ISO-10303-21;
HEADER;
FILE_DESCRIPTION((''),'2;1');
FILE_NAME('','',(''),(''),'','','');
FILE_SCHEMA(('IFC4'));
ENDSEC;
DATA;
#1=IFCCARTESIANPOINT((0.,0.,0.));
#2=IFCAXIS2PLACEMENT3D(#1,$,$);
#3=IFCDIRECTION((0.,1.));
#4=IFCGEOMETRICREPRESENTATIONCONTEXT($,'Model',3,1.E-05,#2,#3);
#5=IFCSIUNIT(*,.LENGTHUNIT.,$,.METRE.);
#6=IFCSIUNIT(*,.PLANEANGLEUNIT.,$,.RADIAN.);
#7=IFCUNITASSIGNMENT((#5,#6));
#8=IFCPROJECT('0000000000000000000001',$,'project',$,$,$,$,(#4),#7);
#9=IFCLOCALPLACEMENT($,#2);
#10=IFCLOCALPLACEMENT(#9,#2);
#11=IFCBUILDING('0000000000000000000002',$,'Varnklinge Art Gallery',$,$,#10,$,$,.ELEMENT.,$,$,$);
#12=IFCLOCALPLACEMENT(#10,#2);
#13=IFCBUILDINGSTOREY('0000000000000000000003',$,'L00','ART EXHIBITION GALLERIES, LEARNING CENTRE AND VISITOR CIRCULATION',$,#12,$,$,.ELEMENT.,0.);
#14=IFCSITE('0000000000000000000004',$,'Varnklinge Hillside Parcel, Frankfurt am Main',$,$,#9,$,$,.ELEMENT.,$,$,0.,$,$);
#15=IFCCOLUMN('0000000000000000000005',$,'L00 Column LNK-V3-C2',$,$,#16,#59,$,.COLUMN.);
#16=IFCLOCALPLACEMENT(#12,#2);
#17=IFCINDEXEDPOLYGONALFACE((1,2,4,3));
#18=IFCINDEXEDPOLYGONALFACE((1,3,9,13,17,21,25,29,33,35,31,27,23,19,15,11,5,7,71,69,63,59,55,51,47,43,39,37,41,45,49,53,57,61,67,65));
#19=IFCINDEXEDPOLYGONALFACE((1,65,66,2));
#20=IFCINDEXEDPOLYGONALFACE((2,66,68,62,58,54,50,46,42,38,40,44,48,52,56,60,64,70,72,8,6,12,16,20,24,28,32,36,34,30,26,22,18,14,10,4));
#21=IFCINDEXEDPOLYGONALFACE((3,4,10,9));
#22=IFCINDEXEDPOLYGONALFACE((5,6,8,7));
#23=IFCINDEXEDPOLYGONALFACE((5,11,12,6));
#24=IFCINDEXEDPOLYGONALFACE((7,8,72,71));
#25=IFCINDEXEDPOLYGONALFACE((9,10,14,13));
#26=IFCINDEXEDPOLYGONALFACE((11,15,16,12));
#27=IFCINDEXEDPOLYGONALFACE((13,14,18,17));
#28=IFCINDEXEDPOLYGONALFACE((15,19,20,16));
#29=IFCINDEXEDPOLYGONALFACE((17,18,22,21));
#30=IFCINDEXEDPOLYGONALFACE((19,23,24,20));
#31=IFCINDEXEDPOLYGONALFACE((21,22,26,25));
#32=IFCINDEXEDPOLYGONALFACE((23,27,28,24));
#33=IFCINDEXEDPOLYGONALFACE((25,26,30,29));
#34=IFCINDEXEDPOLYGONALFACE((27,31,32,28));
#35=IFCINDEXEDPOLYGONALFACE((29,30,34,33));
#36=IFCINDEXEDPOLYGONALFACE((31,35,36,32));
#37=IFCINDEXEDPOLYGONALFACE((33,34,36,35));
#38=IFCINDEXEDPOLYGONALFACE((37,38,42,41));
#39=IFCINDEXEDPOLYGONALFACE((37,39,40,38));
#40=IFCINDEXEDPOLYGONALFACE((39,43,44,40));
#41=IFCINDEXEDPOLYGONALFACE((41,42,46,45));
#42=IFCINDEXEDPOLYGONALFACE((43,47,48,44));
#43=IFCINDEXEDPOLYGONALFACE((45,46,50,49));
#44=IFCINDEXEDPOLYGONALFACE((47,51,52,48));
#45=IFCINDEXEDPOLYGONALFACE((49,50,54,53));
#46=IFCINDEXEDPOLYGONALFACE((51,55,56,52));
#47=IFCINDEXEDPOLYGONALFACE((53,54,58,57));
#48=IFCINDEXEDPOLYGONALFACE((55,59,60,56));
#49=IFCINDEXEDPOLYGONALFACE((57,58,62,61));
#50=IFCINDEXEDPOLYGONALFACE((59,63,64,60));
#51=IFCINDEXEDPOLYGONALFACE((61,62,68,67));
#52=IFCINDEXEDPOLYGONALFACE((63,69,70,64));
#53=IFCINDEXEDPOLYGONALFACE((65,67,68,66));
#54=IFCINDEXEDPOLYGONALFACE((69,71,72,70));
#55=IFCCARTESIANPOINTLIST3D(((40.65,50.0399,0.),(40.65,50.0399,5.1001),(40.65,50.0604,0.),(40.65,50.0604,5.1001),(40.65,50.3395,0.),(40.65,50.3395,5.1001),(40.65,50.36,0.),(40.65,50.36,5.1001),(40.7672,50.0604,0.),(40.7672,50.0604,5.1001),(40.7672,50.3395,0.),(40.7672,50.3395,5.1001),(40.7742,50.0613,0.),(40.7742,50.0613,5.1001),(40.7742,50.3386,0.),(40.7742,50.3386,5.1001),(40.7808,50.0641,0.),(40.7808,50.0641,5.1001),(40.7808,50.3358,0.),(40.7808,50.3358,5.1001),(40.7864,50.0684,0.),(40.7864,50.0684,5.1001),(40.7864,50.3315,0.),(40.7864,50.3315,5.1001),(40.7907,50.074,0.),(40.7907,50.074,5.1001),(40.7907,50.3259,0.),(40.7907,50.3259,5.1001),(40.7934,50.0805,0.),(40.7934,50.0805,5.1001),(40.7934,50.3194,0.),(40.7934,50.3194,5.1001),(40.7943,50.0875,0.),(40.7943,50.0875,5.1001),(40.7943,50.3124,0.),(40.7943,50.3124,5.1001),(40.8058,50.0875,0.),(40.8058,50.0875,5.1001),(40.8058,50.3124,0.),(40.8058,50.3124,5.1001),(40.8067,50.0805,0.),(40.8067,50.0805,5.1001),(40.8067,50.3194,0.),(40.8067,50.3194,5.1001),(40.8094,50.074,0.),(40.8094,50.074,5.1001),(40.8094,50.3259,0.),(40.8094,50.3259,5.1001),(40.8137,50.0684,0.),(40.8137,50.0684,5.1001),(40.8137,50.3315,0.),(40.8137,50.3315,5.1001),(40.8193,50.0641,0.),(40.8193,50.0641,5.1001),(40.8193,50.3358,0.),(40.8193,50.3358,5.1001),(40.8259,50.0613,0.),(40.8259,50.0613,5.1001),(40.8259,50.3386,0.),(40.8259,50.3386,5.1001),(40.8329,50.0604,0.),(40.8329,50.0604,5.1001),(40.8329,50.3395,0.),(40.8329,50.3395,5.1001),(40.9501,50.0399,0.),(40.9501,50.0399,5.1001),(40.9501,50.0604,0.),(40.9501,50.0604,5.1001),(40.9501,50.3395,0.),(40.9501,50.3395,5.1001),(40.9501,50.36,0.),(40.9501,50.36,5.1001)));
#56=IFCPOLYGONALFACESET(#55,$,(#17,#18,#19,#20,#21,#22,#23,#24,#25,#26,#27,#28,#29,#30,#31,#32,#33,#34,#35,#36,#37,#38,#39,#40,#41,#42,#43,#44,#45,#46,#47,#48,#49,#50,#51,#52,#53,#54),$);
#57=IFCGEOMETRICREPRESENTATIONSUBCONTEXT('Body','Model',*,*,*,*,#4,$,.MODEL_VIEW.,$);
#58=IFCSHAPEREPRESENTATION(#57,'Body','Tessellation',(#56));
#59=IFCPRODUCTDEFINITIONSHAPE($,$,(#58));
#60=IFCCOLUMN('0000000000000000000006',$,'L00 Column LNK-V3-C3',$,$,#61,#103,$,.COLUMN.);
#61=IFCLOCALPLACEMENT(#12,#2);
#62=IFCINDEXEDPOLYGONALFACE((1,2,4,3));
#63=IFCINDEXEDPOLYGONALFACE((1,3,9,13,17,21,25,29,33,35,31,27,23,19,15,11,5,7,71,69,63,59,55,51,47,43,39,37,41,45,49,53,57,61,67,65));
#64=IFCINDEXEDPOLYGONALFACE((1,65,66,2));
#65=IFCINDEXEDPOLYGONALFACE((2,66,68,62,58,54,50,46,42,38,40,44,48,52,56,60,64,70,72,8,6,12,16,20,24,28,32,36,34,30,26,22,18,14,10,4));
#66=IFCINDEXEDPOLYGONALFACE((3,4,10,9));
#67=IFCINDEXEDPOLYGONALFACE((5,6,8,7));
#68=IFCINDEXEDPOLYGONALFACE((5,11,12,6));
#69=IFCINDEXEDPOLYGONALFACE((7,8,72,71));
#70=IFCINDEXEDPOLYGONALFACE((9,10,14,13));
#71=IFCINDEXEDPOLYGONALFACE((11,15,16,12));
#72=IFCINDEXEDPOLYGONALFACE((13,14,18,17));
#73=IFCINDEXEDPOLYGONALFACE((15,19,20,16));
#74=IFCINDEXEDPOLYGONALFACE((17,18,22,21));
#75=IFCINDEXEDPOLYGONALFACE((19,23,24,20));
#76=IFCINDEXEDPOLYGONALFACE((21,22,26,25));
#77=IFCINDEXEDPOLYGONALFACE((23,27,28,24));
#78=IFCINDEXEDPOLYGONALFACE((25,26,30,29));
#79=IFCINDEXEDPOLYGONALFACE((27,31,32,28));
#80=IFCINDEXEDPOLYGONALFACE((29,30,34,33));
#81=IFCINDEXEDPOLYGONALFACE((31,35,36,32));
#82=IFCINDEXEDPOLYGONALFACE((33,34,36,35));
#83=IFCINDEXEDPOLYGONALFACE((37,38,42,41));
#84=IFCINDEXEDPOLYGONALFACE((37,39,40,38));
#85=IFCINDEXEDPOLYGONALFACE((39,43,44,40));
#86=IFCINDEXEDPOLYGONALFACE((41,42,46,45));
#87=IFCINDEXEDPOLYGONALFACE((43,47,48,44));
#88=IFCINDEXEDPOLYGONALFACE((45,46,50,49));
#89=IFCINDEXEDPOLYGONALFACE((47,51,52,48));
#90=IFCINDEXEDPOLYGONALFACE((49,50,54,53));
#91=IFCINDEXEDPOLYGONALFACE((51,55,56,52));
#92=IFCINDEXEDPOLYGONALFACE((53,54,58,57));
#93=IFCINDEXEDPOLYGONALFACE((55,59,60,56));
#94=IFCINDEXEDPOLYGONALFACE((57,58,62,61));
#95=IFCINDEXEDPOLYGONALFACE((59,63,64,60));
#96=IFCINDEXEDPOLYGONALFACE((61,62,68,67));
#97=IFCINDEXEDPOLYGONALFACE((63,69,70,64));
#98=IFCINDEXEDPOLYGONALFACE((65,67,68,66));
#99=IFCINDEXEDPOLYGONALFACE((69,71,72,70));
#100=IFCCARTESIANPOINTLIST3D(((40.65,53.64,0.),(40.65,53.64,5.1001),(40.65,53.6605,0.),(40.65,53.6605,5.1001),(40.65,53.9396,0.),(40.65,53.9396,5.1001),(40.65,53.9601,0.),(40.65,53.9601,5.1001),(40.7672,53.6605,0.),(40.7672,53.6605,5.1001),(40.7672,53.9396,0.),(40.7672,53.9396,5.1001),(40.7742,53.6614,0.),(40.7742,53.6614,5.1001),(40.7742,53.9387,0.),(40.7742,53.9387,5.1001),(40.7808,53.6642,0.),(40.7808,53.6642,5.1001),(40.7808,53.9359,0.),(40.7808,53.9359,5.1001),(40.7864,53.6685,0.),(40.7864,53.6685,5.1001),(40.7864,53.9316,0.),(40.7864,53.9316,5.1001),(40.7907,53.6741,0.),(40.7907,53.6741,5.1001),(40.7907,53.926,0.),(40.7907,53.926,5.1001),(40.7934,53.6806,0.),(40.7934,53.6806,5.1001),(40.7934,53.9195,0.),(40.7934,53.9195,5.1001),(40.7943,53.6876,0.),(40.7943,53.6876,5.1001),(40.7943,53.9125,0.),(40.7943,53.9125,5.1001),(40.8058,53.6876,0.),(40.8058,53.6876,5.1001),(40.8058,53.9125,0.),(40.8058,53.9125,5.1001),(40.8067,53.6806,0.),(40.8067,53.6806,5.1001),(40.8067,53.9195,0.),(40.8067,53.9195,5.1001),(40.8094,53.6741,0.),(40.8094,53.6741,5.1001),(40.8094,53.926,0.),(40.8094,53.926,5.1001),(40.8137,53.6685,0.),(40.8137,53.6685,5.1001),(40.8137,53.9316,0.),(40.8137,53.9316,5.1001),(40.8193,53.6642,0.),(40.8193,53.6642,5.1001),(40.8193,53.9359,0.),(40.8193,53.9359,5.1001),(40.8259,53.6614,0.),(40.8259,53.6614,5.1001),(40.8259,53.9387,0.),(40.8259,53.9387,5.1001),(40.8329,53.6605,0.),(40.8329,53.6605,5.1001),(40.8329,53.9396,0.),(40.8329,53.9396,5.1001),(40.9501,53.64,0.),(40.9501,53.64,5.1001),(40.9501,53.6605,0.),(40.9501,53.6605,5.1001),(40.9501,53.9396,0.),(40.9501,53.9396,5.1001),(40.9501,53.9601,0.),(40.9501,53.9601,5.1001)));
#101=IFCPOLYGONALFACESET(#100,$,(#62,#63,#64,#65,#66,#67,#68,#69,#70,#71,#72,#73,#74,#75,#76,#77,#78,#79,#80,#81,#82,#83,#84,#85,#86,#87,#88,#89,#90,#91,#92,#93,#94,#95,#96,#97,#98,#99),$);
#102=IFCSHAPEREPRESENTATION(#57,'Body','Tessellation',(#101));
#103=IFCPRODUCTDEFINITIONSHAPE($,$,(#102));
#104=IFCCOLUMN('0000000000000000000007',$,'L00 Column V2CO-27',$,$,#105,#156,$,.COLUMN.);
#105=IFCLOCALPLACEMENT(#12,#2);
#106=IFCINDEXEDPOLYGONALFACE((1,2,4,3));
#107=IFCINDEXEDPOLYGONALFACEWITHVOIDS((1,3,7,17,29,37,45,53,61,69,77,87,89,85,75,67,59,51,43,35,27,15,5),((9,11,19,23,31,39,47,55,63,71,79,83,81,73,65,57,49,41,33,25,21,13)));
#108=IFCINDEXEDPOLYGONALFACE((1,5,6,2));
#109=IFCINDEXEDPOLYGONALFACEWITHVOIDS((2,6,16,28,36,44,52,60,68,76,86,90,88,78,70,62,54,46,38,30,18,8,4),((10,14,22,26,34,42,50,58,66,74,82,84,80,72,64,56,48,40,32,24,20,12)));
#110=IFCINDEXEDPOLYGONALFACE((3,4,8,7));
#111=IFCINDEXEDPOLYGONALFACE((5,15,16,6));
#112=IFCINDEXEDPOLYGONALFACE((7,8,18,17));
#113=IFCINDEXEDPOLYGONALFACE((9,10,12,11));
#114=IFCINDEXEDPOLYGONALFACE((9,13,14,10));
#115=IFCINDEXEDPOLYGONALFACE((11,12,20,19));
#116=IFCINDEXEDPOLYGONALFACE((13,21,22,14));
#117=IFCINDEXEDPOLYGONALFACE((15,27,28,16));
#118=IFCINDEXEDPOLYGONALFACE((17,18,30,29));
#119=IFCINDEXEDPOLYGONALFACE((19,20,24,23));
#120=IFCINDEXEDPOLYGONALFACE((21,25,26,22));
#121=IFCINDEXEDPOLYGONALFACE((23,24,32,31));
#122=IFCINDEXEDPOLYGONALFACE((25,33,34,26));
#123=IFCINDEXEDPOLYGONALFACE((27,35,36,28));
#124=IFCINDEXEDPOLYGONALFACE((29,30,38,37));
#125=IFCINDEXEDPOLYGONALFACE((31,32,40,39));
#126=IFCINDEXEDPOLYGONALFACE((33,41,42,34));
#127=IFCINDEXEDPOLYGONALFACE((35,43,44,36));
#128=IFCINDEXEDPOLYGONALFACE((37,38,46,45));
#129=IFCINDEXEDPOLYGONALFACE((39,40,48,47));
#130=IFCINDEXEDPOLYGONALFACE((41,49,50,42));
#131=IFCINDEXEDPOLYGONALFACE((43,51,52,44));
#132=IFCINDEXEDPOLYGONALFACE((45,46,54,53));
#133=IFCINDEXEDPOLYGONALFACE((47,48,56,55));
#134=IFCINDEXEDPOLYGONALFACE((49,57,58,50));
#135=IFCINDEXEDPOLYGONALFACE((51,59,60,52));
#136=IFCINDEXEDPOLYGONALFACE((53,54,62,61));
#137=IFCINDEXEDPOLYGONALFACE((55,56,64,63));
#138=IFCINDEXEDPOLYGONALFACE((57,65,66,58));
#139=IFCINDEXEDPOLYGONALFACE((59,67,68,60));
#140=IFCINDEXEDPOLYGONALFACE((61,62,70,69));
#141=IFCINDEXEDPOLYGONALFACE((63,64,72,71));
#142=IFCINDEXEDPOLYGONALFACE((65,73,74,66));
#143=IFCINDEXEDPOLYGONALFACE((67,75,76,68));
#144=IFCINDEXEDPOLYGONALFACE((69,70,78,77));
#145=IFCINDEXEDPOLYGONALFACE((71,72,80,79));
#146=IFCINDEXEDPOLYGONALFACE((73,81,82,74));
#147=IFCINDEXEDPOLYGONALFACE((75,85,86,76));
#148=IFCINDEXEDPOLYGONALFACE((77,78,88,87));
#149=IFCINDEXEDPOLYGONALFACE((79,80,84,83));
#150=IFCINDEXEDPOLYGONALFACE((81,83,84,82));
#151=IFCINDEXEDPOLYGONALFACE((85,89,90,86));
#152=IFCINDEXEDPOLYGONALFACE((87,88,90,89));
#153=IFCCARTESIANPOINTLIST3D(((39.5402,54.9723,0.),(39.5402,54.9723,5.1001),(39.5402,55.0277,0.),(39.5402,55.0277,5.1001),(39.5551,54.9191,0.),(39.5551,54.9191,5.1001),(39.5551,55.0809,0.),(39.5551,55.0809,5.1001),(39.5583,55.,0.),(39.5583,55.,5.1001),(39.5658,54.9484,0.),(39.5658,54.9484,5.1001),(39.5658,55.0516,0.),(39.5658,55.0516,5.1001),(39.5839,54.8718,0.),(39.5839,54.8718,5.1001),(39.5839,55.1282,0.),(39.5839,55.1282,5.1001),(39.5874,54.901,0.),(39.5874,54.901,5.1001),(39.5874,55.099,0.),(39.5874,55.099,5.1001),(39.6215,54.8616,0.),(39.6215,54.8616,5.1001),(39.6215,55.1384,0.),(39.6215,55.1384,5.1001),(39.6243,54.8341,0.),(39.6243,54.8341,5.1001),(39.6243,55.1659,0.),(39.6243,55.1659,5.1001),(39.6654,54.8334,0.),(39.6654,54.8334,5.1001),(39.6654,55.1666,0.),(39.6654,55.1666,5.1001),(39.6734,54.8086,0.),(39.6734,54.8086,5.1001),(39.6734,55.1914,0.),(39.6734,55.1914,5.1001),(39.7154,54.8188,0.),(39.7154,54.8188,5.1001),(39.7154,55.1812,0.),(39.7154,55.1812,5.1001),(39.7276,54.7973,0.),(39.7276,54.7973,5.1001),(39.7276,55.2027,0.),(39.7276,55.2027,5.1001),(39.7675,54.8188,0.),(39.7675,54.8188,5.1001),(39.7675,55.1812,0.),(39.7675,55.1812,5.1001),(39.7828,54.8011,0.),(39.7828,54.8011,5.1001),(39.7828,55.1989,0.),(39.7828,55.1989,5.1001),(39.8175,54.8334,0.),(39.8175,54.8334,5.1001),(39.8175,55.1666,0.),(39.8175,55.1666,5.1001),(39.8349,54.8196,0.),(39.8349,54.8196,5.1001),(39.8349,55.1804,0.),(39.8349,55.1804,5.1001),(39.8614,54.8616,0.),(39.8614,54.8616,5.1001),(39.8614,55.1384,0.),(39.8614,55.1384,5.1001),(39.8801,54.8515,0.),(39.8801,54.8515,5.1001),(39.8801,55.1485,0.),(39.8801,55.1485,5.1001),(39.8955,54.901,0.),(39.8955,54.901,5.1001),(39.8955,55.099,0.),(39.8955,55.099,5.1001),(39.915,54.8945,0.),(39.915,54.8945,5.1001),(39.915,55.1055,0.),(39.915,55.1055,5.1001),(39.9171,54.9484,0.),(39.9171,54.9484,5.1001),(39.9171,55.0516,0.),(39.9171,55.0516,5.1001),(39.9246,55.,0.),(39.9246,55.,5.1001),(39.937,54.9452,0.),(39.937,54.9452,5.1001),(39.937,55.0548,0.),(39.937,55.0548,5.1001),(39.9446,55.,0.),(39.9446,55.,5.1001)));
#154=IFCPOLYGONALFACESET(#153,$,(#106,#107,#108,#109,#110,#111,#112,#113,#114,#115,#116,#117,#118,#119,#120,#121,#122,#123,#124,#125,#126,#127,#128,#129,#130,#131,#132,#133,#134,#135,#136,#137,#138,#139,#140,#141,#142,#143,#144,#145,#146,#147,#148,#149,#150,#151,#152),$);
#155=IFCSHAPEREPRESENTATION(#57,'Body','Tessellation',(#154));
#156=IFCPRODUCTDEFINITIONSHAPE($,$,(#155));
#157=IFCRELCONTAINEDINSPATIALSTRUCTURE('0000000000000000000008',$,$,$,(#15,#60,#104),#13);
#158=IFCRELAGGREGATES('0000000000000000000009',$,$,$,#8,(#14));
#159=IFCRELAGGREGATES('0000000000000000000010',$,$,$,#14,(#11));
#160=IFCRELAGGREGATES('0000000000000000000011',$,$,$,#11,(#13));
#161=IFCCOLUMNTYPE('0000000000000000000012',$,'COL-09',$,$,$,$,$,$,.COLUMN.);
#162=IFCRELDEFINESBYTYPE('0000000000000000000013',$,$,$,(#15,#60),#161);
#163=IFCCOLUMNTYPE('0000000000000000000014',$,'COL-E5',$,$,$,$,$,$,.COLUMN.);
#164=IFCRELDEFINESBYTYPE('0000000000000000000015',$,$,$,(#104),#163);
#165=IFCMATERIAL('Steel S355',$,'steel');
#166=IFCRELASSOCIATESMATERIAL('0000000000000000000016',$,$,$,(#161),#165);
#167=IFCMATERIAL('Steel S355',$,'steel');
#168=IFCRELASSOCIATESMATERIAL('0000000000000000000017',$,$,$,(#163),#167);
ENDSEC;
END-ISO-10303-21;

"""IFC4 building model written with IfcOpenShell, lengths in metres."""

from ifc_helpers import new_model, si_unit, direction, frame, origin, origin_2d, place, context, subcontext, project, spatial, hollow_circle, i_section, extrude, material, material_profile, profile_set, type_object, element, save


model = new_model("IFC4")

# Units and contexts
model_context = context("Model", 3, precision=1e-05, world=origin(), true_north=direction((0.0, 1.0)))
body_context = subcontext(model_context, "Body", "Model", "MODEL_VIEW")
ifc_project = project(units=[si_unit("LENGTHUNIT", "METRE"), si_unit("PLANEANGLEUNIT", "RADIAN")], contexts=[model_context])

# Site, building, storey
site_placement = place(None, origin())
site = spatial("IfcSite", under=ifc_project, at=site_placement, Name="Varnklinge Hillside Parcel, Frankfurt am Main", CompositionType="ELEMENT", RefElevation=0.0)
building_placement = place(site_placement, origin())
building = spatial("IfcBuilding", under=site, at=building_placement, Name="Varnklinge Art Gallery", CompositionType="ELEMENT")
storey_placement = place(building_placement, origin())
storey = spatial("IfcBuildingStorey", under=building, at=storey_placement, Name="L00", Description="ART EXHIBITION GALLERIES, LEARNING CENTRE AND VISITOR CIRCULATION", CompositionType="ELEMENT", Elevation=0.0)

# Columns
ifc_material_1 = material(Name="Steel S355", Category="steel")
ifc_material_profile_1 = material_profile(ifc_material_1, i_section(OverallWidth=0.3, OverallDepth=0.3201, WebThickness=0.0115, FlangeThickness=0.0205, FilletRadius=0.0271, at=origin_2d()), Name="HEB 320")
ifc_profile_set_1 = profile_set([ifc_material_profile_1], Name="Steel S355")
column_type_1 = type_object("IfcColumnType", Name="COL-09", PredefinedType="COLUMN", material=ifc_profile_set_1)
for number, where, z_axis, x_axis, name in (
    (1, (40.8, 50.2, 0.0), (0.0, 0.0, 1.0), (1.0, 0.0, 0.0), "L00 Column LNK-V3-C2"),
    (2, (40.8, 53.8, 0.0), (0.0, 0.0, 1.0), (1.0, 0.0, 0.0), "L00 Column LNK-V3-C3"),
):
    element("IfcColumn", number, at=place(storey_placement, frame(where, z_axis=z_axis, x_axis=x_axis)), inside=storey, type_object=column_type_1, Name=name, PredefinedType="COLUMN", context=body_context, shape_type="SweptSolid", body=[
        extrude(i_section(OverallWidth=0.3, OverallDepth=0.3201, WebThickness=0.0115, FlangeThickness=0.0205, FilletRadius=0.0271, at=origin_2d()), origin(), (0.0, 0.0, 1.0), 5.1001),
    ])
ifc_material_2 = material(Name="Steel S355", Category="steel")
ifc_material_profile_2 = material_profile(ifc_material_2, hollow_circle(Radius=0.2031, WallThickness=0.02, at=origin_2d()), Name="CHS 406.4x20")
ifc_profile_set_2 = profile_set([ifc_material_profile_2], Name="Steel S355")
column_type_2 = type_object("IfcColumnType", Name="COL-E5", PredefinedType="COLUMN", material=ifc_profile_set_2)
for number, where, z_axis, x_axis, name in (
    (3, (39.7415, 55.0, 0.0), (0.0, 0.0, 1.0), (1.0, 0.0, 0.0), "L00 Column V2CO-27"),
):
    element("IfcColumn", number, at=place(storey_placement, frame(where, z_axis=z_axis, x_axis=x_axis)), inside=storey, type_object=column_type_2, Name=name, PredefinedType="COLUMN", context=body_context, shape_type="SweptSolid", body=[
        extrude(hollow_circle(Radius=0.2031, WallThickness=0.02, at=origin_2d()), origin(), (0.0, 0.0, 1.0), 5.1001),
    ])

save(model, "model.ifc")
